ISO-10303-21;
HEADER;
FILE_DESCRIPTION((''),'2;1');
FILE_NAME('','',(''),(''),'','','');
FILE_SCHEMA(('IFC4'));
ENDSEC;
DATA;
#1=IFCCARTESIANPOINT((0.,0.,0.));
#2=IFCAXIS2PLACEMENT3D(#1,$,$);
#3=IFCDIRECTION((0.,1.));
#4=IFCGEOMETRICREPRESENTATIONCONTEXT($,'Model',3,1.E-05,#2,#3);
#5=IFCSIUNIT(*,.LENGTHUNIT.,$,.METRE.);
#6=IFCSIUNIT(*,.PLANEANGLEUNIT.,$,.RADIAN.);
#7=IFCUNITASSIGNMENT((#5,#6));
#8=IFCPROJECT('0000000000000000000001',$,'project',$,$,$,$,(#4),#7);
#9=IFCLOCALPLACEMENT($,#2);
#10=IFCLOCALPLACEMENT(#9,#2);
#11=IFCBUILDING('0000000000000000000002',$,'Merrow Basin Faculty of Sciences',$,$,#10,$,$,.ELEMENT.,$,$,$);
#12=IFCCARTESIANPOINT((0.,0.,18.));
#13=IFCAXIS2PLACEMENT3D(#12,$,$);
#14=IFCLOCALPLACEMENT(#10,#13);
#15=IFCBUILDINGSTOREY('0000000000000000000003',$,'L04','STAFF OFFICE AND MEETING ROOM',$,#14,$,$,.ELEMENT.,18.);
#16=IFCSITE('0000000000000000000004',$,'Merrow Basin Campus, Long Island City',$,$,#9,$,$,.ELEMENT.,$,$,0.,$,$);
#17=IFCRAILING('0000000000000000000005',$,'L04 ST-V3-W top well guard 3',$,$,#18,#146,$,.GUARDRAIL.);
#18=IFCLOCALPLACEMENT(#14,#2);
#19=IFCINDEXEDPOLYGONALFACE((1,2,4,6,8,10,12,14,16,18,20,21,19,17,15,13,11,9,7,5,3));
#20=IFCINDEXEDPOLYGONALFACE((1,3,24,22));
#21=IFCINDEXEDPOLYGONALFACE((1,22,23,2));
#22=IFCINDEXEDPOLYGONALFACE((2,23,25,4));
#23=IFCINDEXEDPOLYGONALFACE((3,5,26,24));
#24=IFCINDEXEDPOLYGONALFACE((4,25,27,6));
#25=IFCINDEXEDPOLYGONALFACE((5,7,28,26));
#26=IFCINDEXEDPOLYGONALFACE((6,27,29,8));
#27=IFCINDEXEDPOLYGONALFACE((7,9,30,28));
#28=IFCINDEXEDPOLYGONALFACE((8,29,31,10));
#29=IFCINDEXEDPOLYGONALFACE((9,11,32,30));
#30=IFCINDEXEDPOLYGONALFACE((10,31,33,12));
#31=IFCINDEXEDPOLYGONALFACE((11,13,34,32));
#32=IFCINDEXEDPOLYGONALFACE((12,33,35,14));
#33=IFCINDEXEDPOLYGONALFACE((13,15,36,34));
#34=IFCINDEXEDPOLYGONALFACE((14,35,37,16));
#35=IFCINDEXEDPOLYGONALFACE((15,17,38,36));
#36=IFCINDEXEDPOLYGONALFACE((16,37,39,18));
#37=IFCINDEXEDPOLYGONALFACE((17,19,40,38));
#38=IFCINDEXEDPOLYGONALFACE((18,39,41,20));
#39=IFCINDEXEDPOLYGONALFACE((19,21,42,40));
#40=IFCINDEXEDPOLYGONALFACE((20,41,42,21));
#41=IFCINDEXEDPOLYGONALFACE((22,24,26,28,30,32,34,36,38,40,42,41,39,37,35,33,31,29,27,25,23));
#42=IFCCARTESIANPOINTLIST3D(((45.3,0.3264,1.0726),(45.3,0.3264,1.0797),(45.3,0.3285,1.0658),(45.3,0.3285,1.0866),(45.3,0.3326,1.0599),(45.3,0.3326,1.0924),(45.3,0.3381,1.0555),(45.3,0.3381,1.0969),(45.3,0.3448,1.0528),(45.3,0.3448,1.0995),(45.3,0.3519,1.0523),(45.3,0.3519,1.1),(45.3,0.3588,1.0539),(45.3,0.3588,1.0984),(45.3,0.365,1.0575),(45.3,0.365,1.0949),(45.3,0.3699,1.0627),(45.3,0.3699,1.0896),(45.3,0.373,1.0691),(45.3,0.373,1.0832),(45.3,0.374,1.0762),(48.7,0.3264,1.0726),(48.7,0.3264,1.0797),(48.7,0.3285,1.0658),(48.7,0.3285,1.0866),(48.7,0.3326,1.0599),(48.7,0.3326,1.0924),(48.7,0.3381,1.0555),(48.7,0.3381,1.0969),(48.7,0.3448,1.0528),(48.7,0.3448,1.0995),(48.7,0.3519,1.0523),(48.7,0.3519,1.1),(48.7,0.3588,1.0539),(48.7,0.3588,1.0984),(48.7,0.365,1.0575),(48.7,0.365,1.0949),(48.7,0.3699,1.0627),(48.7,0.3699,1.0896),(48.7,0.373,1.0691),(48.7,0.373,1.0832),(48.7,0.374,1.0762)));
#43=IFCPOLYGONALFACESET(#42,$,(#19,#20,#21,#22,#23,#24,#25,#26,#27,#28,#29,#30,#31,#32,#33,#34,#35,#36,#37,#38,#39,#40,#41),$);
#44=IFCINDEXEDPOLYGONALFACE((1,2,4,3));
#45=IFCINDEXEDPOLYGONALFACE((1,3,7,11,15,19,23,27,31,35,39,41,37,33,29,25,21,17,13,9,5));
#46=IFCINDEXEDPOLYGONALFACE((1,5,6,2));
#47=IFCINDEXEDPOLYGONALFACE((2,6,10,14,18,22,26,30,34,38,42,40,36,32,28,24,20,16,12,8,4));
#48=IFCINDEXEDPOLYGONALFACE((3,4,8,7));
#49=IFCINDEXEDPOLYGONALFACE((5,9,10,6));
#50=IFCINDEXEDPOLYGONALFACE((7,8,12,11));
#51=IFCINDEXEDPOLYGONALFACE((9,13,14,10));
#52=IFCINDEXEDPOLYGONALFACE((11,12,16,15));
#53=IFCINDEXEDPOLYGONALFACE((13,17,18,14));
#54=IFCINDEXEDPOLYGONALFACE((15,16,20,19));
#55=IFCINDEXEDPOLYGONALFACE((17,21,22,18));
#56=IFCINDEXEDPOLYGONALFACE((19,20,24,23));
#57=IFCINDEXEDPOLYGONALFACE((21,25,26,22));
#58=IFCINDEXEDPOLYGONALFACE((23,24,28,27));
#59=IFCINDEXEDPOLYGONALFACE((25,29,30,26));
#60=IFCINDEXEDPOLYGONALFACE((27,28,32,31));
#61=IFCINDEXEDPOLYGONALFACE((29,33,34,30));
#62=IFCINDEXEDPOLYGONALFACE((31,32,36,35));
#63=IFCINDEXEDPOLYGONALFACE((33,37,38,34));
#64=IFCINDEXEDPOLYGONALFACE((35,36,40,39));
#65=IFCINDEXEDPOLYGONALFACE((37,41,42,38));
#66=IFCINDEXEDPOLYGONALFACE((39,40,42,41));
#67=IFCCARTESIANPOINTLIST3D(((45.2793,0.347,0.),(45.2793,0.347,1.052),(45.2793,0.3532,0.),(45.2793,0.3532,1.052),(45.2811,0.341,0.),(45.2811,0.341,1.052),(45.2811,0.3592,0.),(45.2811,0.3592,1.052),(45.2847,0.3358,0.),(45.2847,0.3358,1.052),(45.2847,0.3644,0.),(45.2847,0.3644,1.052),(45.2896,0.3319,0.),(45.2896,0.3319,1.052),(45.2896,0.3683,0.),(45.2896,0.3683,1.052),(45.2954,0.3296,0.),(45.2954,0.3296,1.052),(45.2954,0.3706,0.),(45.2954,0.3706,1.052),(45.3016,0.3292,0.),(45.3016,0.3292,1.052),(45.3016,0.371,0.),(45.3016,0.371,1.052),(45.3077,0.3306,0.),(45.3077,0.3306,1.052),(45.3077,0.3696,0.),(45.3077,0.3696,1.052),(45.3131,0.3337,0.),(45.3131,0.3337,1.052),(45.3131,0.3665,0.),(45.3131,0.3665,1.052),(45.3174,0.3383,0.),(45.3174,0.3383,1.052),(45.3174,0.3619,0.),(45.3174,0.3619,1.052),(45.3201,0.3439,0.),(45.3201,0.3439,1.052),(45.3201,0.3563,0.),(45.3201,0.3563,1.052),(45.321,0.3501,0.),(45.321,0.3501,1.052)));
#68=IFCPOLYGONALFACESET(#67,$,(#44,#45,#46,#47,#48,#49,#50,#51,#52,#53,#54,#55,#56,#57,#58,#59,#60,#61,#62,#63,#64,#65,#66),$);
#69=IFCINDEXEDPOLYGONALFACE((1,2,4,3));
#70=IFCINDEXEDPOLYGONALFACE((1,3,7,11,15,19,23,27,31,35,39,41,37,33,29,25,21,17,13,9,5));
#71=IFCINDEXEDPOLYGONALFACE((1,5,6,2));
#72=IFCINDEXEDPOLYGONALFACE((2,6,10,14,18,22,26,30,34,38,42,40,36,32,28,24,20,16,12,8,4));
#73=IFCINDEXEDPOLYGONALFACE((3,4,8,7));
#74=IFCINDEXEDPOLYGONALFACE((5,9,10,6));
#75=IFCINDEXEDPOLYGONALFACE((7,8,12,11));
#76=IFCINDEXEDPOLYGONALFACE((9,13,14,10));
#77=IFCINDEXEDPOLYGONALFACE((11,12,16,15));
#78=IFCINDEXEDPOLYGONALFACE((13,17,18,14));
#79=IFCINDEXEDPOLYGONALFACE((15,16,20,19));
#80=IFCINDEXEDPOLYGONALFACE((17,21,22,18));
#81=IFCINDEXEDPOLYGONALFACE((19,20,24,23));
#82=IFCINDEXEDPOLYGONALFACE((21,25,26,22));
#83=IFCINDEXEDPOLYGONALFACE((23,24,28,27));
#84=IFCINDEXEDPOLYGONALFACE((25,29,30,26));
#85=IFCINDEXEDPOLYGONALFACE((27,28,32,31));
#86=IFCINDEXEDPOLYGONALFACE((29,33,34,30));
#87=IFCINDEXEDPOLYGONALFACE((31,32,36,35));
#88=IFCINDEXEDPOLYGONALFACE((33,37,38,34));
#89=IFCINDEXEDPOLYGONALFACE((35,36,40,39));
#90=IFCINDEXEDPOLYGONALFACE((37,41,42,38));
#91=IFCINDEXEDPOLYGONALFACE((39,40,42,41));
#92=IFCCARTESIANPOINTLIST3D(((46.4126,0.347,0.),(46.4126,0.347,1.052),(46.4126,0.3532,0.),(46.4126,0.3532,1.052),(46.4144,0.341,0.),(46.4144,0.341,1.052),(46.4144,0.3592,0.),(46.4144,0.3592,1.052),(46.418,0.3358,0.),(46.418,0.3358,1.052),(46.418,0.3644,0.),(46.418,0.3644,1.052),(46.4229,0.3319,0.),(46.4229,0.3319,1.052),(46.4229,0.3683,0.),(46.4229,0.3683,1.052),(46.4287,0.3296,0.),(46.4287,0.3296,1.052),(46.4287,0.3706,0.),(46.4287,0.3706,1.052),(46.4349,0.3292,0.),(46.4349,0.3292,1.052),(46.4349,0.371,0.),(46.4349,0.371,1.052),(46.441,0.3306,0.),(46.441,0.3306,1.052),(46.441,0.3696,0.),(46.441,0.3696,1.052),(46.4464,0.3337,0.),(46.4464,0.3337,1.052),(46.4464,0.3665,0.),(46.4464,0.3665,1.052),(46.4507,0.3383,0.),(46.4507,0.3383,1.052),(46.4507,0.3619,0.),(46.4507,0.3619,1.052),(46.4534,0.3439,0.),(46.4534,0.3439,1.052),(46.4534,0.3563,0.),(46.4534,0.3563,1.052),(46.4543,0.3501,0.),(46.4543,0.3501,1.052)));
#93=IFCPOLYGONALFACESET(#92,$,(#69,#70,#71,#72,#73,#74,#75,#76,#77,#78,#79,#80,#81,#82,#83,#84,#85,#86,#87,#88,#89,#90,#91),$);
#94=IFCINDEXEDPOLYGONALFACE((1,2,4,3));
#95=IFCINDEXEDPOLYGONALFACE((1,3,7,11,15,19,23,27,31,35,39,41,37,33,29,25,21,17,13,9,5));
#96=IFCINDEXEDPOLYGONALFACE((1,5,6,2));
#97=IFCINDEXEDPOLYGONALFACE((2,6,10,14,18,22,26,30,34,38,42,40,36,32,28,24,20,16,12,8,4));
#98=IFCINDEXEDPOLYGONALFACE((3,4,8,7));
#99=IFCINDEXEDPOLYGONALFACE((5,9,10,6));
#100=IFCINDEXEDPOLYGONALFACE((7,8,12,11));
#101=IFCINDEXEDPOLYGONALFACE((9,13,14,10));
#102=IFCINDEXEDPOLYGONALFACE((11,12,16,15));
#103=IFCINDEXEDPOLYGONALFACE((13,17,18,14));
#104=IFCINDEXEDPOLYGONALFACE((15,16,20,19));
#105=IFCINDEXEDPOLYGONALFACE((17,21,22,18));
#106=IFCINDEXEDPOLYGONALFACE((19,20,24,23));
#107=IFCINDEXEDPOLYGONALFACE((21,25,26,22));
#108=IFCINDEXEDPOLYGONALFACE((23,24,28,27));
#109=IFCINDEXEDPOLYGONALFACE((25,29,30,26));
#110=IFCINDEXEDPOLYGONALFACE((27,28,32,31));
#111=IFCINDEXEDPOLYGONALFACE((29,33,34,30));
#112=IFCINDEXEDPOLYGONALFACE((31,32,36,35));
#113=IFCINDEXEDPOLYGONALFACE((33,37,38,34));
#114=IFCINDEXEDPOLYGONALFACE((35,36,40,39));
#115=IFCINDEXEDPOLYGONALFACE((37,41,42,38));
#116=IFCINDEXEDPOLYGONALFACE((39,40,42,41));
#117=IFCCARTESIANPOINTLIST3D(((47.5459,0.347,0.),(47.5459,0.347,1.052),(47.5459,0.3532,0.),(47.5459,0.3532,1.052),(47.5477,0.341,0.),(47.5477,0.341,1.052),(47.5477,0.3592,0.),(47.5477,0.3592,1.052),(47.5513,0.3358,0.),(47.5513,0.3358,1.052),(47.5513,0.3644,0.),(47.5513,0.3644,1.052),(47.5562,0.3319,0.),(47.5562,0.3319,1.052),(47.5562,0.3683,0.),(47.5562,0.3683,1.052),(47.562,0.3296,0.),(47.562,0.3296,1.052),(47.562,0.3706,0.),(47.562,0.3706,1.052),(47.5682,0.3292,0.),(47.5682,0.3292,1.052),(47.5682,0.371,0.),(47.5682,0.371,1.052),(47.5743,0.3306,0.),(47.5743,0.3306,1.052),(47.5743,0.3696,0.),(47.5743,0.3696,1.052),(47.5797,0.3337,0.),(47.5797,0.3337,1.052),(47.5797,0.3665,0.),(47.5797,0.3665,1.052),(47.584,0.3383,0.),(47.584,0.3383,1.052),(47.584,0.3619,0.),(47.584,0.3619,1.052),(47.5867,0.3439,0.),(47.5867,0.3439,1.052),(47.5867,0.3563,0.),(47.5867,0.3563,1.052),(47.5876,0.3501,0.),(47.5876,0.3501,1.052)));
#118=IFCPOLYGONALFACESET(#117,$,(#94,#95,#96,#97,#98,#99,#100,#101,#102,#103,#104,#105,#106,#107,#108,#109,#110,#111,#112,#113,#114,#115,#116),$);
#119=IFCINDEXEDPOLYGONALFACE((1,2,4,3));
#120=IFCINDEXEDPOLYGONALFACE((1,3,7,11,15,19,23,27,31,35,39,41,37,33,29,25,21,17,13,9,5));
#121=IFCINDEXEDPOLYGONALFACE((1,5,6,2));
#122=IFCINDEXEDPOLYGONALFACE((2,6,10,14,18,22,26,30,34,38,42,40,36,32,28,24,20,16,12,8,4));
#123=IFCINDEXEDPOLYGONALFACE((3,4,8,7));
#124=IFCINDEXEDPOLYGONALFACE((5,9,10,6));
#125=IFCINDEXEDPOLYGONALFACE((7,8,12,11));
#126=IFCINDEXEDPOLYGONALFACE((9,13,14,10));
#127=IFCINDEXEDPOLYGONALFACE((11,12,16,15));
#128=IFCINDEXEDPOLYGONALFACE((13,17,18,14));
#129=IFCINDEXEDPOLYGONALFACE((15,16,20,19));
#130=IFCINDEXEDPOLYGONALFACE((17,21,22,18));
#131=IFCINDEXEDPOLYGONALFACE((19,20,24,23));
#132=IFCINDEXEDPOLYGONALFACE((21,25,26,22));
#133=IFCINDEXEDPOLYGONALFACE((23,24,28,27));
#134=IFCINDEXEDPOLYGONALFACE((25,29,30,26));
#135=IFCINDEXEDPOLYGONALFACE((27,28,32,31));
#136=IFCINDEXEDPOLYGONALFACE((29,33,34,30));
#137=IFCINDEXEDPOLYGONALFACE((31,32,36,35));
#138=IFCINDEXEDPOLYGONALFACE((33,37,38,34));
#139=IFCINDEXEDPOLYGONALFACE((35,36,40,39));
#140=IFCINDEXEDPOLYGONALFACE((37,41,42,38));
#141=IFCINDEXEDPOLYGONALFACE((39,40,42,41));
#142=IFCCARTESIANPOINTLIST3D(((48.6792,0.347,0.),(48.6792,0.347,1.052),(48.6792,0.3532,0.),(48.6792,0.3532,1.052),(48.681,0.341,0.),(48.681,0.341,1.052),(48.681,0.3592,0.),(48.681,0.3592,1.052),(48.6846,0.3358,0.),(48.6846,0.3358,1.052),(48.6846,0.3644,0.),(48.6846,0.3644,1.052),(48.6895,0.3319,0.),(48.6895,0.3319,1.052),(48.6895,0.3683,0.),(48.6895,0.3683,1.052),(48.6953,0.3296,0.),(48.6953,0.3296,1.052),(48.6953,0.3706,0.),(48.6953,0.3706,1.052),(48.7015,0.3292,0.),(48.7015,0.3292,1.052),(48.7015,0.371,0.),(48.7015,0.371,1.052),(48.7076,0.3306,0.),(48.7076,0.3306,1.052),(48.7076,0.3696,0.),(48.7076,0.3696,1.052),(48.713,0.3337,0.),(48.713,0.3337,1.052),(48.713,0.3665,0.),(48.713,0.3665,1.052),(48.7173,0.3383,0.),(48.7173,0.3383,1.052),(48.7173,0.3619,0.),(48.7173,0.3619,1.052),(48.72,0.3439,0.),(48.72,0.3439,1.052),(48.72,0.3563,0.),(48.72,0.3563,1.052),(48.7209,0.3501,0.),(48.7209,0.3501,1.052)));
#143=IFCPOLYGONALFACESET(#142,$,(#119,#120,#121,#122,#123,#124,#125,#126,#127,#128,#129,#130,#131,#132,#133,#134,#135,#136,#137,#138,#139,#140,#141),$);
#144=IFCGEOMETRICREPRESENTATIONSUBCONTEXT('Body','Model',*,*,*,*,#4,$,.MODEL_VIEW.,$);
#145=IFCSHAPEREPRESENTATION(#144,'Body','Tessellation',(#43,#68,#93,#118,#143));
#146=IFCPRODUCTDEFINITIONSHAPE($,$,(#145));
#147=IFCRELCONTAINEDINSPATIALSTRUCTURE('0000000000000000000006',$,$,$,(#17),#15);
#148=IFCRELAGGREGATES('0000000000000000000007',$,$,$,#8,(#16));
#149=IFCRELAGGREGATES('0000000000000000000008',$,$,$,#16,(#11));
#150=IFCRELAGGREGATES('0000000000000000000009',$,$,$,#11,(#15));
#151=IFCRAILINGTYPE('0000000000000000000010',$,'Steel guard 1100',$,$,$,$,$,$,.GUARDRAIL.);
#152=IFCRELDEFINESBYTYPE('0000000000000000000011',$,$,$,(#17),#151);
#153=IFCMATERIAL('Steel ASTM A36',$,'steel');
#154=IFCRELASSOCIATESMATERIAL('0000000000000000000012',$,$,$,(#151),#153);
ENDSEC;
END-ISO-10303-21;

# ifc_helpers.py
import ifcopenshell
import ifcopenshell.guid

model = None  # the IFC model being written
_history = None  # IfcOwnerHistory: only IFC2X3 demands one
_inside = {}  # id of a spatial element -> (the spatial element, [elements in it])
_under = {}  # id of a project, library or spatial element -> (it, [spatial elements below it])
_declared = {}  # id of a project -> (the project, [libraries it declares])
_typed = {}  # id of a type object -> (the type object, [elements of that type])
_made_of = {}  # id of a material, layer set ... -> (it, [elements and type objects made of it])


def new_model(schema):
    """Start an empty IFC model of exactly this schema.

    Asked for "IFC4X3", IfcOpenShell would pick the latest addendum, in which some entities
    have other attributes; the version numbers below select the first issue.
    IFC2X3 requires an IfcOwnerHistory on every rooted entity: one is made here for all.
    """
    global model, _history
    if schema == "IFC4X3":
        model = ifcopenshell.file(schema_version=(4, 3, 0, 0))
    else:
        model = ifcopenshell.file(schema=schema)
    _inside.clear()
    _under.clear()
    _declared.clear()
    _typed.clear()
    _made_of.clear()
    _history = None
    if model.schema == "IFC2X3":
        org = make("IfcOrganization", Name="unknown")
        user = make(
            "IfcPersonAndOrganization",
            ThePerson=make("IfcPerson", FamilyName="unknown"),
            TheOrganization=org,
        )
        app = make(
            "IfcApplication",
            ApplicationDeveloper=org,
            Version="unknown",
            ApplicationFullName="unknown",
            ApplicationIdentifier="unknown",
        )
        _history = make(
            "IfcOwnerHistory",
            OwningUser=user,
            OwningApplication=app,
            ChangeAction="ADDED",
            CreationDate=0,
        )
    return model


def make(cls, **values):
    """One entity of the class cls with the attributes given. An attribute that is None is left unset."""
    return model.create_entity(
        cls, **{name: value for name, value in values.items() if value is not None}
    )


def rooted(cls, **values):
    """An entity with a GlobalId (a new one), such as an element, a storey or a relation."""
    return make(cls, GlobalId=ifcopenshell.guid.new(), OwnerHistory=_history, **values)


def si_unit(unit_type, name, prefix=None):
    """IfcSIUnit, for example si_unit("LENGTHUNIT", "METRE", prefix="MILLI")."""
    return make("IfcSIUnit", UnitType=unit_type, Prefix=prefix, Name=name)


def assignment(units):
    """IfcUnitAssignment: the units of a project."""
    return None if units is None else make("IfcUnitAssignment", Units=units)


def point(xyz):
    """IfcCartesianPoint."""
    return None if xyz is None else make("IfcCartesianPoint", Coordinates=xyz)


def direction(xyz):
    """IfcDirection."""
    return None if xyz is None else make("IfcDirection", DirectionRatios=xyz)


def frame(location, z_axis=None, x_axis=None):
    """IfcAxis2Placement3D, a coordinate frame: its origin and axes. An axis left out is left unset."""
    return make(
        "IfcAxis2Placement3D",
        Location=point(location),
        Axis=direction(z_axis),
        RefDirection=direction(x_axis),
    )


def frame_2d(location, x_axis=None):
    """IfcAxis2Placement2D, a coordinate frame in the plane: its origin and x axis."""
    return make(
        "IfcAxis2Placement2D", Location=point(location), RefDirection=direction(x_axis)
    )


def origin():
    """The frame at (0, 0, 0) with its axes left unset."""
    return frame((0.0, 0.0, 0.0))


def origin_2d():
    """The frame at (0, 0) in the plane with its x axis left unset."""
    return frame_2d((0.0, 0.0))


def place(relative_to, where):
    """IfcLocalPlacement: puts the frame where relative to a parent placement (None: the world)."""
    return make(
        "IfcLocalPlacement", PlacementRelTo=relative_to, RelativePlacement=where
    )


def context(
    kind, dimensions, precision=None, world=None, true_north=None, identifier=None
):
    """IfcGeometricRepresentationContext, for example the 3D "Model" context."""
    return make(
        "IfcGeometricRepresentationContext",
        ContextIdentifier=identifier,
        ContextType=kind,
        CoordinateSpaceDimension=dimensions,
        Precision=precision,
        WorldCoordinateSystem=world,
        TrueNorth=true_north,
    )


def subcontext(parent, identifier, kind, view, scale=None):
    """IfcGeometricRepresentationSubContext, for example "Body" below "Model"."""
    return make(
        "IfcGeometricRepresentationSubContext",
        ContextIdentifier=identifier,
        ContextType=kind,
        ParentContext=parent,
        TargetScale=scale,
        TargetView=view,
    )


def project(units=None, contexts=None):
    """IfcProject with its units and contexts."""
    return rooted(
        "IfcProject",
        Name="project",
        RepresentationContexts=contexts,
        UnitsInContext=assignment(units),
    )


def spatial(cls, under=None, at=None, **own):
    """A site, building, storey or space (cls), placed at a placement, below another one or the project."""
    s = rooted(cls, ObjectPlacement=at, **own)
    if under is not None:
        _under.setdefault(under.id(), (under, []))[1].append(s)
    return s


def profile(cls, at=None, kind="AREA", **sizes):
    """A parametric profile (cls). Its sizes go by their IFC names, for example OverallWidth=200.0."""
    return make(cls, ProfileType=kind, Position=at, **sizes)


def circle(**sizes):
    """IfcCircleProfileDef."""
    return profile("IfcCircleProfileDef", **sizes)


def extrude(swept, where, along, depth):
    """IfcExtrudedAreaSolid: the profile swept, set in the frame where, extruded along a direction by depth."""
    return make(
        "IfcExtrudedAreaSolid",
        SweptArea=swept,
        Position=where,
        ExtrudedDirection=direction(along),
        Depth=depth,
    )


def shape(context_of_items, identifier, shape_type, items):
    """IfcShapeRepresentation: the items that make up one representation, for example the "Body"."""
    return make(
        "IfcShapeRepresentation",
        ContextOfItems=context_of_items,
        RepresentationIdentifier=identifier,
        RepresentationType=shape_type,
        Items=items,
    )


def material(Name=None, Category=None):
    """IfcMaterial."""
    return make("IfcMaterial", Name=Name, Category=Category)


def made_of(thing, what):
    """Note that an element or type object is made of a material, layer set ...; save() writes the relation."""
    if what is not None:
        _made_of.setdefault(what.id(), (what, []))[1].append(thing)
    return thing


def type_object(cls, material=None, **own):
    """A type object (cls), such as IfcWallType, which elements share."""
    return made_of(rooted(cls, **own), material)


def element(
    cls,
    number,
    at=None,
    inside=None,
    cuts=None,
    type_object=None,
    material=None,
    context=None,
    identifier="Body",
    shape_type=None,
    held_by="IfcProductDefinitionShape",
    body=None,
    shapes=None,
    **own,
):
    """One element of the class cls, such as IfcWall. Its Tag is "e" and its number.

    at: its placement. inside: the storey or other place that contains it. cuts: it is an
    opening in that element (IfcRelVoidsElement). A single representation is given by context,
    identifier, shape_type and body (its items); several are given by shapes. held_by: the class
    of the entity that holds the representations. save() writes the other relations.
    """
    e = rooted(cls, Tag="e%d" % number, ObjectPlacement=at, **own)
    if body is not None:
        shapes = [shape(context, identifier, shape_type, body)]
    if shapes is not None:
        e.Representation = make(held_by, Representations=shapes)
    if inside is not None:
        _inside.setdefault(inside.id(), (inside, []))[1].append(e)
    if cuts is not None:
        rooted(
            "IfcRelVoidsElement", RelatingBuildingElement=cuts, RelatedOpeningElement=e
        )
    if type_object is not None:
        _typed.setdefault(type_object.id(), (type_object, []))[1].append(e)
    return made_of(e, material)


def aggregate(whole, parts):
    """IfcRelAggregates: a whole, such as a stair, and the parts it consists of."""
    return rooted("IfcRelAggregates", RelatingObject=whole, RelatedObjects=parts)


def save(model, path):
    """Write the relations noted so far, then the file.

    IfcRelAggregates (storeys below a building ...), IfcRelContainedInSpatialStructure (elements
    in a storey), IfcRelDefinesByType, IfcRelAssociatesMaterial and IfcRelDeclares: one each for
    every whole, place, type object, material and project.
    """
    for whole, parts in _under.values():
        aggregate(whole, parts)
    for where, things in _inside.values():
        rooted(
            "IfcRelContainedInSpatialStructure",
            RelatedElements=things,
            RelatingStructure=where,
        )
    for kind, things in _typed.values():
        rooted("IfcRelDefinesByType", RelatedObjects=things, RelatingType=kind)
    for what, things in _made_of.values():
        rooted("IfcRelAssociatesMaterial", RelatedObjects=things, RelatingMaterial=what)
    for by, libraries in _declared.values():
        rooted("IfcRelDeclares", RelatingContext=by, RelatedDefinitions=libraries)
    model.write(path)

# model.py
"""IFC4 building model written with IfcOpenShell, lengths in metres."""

from ifc_helpers import new_model, si_unit, direction, frame, origin, origin_2d, place, context, subcontext, project, spatial, circle, extrude, material, type_object, element, save


model = new_model("IFC4")

# Units and contexts
model_context = context("Model", 3, precision=1e-05, world=origin(), true_north=direction((0.0, 1.0)))
body_context = subcontext(model_context, "Body", "Model", "MODEL_VIEW")
ifc_project = project(units=[si_unit("LENGTHUNIT", "METRE"), si_unit("PLANEANGLEUNIT", "RADIAN")], contexts=[model_context])

# Site, building, storey
site_placement = place(None, origin())
site = spatial("IfcSite", under=ifc_project, at=site_placement, Name="Merrow Basin Campus, Long Island City", CompositionType="ELEMENT", RefElevation=0.0)
building_placement = place(site_placement, origin())
building = spatial("IfcBuilding", under=site, at=building_placement, Name="Merrow Basin Faculty of Sciences", CompositionType="ELEMENT")
storey_placement = place(building_placement, frame((0.0, 0.0, 18.0)))
storey = spatial("IfcBuildingStorey", under=building, at=storey_placement, Name="L04", Description="STAFF OFFICE AND MEETING ROOM", CompositionType="ELEMENT", Elevation=18.0)

# Railing
ifc_material_1 = material(Name="Steel ASTM A36", Category="steel")
railing_type = type_object("IfcRailingType", Name="Steel guard 1100", PredefinedType="GUARDRAIL", material=ifc_material_1)
railing_1_placement = place(storey_placement, frame((45.3, 0.3501, 0.0)))
element("IfcRailing", 1, at=railing_1_placement, inside=storey, type_object=railing_type, Name="L04 ST-V3-W top well guard 3", PredefinedType="GUARDRAIL", context=body_context, shape_type="SweptSolid", body=[
    extrude(circle(Radius=0.0239, at=origin_2d()), frame((0.0, 0.0, 1.0762), z_axis=(1.0, 0.0, 0.0), x_axis=(0.0, 1.0, 0.0)), (0.0, 0.0, 1.0), 3.3999),
    extrude(circle(Radius=0.021, at=origin_2d()), origin(), (0.0, 0.0, 1.0), 1.052),
    extrude(circle(Radius=0.021, at=origin_2d()), frame((1.1333, 0.0, 0.0)), (0.0, 0.0, 1.0), 1.052),
    extrude(circle(Radius=0.021, at=origin_2d()), frame((2.2666, 0.0, 0.0)), (0.0, 0.0, 1.0), 1.052),
    extrude(circle(Radius=0.021, at=origin_2d()), frame((3.3999, 0.0, 0.0)), (0.0, 0.0, 1.0), 1.052),
])

save(model, "model.ifc")
